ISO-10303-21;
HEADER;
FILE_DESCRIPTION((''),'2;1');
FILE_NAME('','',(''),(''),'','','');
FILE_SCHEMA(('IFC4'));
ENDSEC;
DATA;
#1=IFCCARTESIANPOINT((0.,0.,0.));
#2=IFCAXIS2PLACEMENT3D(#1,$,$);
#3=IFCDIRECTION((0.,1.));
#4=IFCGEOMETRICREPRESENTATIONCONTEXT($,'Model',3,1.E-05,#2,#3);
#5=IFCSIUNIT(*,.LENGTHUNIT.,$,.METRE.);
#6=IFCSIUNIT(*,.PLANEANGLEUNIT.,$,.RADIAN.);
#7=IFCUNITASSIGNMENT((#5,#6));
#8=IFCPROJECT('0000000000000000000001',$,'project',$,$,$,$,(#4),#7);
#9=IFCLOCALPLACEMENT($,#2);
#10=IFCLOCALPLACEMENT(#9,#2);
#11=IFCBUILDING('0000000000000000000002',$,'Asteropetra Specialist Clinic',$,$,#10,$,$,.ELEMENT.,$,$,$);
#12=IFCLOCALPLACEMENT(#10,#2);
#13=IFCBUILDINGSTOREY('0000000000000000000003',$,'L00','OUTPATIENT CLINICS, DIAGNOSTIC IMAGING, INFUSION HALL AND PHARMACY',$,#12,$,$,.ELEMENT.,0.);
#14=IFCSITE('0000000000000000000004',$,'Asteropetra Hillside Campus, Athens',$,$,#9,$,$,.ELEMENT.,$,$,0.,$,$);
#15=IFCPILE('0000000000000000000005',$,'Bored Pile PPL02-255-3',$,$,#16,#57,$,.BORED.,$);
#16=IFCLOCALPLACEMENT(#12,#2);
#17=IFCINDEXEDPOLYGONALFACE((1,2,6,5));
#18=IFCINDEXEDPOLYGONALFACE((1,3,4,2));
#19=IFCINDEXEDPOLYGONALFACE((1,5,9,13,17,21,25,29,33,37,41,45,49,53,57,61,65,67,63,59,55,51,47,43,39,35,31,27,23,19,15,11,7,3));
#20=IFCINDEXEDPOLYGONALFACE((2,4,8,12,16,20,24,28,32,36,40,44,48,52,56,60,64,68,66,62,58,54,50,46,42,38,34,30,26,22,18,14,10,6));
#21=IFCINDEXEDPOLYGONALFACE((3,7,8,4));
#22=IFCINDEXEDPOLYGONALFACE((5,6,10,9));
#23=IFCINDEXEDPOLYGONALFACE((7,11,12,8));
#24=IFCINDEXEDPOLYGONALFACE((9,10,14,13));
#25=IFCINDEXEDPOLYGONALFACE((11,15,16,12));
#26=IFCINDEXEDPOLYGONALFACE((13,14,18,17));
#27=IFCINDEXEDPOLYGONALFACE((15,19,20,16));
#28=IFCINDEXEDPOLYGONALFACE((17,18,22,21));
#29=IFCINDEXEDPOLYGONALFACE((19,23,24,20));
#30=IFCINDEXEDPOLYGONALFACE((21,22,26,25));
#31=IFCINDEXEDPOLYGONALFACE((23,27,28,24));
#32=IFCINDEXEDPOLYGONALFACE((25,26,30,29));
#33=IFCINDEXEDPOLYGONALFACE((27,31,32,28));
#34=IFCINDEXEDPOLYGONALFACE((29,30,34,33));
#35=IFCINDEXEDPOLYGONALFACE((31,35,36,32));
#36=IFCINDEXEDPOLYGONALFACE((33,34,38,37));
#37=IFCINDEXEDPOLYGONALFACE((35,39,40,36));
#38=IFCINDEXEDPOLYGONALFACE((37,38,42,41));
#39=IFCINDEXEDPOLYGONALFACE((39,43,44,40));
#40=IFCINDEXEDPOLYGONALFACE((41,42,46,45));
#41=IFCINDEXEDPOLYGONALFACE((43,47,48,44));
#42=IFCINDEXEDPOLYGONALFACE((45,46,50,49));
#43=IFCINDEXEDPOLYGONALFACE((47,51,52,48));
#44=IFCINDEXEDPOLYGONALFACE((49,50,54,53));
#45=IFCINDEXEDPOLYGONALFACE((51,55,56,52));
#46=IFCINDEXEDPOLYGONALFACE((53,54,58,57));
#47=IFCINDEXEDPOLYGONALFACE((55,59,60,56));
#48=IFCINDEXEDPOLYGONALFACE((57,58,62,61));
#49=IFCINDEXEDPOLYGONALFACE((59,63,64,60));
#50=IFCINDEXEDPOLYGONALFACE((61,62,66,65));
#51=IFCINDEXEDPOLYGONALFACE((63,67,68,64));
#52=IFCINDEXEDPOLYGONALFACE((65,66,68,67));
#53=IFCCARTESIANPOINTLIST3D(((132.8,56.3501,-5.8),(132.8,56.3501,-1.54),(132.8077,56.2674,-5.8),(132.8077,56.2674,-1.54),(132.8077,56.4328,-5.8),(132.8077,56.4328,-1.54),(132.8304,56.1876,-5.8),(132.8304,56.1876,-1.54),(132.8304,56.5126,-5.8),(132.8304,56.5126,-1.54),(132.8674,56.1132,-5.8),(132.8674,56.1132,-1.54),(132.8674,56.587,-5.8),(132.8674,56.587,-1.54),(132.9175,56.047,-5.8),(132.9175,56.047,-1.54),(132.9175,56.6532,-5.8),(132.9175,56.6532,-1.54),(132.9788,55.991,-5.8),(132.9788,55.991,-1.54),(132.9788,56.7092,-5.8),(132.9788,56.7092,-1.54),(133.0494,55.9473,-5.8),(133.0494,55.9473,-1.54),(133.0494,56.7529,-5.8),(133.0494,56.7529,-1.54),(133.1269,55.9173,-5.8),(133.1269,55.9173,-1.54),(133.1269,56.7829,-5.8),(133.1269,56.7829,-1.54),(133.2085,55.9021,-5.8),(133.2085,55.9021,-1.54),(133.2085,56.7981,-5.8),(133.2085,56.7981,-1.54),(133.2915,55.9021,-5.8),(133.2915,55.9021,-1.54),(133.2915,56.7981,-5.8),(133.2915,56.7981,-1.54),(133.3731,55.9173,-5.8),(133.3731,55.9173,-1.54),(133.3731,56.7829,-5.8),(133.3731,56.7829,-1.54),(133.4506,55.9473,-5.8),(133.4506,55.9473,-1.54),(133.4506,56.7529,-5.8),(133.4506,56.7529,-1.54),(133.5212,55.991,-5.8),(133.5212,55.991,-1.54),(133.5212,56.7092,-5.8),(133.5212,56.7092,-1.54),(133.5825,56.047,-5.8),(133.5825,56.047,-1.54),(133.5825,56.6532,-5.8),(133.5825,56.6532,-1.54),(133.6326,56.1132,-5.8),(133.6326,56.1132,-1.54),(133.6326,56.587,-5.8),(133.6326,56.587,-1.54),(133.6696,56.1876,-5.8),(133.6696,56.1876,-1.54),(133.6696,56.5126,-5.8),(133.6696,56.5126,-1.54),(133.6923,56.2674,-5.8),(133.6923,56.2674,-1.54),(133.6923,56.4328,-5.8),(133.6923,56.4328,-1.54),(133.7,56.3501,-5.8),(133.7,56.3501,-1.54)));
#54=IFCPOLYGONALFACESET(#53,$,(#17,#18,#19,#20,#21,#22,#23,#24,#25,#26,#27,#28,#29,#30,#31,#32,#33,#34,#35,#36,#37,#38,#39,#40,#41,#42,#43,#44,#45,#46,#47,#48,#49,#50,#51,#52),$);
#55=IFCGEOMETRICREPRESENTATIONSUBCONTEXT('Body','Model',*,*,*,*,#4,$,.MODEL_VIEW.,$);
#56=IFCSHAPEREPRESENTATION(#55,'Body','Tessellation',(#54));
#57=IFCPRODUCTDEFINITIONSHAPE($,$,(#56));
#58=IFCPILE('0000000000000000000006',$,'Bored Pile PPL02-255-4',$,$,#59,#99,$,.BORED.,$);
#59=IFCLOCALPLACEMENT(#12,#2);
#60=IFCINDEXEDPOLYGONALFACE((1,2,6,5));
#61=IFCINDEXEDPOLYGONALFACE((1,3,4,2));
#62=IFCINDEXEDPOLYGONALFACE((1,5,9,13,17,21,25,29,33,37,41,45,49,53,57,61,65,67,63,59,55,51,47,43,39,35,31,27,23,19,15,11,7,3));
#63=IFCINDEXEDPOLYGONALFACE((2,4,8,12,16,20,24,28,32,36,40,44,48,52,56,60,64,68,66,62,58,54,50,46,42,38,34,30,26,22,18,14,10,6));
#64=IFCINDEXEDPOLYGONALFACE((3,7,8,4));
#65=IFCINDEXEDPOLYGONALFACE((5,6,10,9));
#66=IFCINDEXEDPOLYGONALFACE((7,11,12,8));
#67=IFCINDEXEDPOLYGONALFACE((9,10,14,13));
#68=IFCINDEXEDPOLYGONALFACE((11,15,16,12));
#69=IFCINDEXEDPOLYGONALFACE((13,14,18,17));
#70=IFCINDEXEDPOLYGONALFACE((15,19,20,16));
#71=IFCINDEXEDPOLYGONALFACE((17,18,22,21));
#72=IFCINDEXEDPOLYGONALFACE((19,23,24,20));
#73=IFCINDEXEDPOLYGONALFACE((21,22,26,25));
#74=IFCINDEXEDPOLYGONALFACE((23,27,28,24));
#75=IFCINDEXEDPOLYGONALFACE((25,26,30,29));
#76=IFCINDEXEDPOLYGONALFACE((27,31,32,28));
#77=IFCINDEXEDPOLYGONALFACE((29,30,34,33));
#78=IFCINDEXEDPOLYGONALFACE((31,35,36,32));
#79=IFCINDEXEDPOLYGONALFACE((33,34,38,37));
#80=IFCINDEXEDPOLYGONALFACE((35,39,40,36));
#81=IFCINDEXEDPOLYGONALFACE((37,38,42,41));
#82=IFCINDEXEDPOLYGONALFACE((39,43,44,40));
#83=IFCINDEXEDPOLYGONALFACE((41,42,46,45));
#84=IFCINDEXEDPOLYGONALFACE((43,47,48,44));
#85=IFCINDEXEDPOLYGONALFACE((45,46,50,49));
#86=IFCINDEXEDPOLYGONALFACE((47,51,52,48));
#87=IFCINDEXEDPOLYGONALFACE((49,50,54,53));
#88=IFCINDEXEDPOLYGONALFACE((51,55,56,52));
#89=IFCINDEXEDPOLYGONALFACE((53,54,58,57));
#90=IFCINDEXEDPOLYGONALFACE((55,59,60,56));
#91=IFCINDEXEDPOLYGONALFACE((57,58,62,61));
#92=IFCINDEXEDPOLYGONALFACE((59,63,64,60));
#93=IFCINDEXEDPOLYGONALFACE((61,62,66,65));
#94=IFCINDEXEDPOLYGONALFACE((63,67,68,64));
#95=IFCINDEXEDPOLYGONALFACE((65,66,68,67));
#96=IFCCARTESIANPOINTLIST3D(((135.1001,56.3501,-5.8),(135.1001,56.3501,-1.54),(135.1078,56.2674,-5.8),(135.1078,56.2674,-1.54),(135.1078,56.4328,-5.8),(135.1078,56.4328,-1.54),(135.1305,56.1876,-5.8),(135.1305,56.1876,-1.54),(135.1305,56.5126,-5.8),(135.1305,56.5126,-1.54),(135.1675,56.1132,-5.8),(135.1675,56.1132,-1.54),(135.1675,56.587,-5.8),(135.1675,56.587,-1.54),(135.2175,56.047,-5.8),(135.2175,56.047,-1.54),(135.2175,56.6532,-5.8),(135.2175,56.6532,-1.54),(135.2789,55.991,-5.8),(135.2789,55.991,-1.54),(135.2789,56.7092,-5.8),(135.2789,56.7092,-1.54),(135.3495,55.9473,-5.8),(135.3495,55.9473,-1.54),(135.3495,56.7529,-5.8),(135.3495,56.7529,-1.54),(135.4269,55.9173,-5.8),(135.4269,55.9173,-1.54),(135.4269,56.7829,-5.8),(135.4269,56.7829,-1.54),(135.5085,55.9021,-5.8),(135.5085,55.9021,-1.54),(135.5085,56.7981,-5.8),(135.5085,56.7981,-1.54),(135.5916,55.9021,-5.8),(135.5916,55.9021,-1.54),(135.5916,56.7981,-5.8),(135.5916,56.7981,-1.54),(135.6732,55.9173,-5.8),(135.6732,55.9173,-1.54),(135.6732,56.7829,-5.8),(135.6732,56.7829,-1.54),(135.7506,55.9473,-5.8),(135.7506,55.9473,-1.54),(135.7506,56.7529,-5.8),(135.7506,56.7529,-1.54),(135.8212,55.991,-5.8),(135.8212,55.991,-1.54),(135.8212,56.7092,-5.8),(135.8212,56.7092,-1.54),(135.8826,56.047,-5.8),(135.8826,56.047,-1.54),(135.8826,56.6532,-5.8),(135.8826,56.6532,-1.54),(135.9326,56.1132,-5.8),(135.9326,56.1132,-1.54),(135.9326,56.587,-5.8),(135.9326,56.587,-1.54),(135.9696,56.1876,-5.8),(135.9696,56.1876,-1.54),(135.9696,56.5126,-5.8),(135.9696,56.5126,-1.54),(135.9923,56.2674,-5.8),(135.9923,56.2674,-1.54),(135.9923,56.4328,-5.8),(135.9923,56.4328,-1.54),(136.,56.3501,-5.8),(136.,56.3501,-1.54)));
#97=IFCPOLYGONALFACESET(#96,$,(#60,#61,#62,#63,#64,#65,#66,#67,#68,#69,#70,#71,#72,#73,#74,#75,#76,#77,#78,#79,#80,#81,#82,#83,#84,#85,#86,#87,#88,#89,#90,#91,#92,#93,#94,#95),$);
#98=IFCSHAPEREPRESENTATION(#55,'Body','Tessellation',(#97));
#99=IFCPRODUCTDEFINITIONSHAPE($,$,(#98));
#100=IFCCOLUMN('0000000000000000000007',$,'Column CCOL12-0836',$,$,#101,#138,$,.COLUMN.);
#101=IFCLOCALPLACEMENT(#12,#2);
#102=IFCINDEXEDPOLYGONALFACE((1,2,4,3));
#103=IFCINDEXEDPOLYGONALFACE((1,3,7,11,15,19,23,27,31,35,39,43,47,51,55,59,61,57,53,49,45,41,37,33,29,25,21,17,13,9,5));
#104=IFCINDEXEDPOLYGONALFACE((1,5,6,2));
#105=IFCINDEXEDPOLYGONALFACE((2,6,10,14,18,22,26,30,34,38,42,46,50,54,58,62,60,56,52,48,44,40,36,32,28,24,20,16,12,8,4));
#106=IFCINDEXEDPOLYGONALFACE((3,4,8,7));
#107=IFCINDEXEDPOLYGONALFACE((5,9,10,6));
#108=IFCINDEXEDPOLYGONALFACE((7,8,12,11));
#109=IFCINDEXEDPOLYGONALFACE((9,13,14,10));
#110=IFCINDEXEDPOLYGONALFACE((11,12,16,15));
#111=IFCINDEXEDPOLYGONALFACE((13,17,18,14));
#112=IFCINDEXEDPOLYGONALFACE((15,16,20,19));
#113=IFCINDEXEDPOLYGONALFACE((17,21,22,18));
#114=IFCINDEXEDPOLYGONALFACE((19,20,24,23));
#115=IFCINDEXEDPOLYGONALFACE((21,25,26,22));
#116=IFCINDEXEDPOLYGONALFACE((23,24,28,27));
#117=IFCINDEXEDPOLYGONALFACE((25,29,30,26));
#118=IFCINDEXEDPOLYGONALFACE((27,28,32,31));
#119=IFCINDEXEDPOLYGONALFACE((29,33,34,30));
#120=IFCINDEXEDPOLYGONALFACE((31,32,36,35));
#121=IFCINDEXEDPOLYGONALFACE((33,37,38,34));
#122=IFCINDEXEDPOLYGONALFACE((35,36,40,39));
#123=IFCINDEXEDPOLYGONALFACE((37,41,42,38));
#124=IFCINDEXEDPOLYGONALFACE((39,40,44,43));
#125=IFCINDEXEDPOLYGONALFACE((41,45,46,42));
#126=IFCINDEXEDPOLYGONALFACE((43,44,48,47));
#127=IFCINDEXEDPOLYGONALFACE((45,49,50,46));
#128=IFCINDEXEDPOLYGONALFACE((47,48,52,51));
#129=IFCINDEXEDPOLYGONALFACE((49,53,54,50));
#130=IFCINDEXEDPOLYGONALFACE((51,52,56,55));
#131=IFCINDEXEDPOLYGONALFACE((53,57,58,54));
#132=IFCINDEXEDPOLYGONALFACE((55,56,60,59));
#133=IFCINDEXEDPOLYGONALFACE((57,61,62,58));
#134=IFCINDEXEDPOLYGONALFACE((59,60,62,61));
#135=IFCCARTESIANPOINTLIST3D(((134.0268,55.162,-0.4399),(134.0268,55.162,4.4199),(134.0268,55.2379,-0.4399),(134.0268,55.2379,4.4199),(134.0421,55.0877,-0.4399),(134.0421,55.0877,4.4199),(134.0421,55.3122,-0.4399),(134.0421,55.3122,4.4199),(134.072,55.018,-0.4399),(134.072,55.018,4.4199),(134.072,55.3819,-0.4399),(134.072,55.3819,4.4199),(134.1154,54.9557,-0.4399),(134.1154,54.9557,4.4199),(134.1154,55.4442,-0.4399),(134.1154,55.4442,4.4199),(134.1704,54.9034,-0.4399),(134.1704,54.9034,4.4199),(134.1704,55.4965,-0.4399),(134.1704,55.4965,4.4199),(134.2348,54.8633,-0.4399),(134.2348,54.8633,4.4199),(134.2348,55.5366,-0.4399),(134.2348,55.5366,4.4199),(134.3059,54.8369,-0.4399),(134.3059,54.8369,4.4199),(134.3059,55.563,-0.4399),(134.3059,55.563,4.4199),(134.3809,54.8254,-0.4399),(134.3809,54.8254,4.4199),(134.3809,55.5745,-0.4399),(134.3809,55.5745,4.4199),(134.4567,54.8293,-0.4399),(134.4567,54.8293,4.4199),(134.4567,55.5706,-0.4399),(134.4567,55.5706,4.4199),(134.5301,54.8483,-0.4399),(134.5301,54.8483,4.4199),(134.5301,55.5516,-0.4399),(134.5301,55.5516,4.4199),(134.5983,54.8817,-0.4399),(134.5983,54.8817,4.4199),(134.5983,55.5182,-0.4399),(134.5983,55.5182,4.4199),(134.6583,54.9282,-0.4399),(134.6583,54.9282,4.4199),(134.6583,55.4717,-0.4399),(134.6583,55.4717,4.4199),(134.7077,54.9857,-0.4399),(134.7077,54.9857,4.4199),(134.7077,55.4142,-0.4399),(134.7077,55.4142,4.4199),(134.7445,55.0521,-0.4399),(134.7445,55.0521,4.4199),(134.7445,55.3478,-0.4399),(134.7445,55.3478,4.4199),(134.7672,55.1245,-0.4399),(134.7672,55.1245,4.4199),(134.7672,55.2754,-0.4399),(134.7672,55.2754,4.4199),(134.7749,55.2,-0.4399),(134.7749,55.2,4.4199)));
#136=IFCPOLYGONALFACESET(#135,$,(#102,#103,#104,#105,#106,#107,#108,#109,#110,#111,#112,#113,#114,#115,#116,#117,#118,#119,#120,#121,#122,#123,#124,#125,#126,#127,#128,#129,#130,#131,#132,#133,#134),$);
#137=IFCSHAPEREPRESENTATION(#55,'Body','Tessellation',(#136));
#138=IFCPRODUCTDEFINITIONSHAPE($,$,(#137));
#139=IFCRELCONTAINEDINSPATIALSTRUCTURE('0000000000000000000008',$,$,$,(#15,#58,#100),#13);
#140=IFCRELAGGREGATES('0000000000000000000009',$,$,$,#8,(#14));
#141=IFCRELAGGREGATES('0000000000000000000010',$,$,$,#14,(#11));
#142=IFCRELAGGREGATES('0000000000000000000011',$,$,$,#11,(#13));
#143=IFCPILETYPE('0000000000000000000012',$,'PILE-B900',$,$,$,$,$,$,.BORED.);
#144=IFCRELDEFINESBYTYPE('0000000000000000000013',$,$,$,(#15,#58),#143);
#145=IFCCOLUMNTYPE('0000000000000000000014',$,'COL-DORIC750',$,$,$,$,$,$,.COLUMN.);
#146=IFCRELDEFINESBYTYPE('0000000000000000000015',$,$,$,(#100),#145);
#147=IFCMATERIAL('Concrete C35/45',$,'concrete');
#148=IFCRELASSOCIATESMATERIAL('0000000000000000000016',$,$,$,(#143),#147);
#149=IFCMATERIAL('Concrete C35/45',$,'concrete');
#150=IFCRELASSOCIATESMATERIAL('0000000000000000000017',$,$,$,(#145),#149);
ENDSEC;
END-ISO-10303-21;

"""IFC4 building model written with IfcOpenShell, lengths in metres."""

from ifc_helpers import new_model, si_unit, direction, frame, origin, origin_2d, place, context, subcontext, project, spatial, circle, extrude, material, material_profile, profile_set, type_object, element, save


model = new_model("IFC4")

# Units and contexts
model_context = context("Model", 3, precision=1e-05, world=origin(), true_north=direction((0.0, 1.0)))
body_context = subcontext(model_context, "Body", "Model", "MODEL_VIEW")
ifc_project = project(units=[si_unit("LENGTHUNIT", "METRE"), si_unit("PLANEANGLEUNIT", "RADIAN")], contexts=[model_context])

# Site, building, storey
site_placement = place(None, origin())
site = spatial("IfcSite", under=ifc_project, at=site_placement, Name="Asteropetra Hillside Campus, Athens", CompositionType="ELEMENT", RefElevation=0.0)
building_placement = place(site_placement, origin())
building = spatial("IfcBuilding", under=site, at=building_placement, Name="Asteropetra Specialist Clinic", CompositionType="ELEMENT")
storey_placement = place(building_placement, origin())
storey = spatial("IfcBuildingStorey", under=building, at=storey_placement, Name="L00", Description="OUTPATIENT CLINICS, DIAGNOSTIC IMAGING, INFUSION HALL AND PHARMACY", CompositionType="ELEMENT", Elevation=0.0)

# Piles
ifc_material_1 = material(Name="Concrete C35/45", Category="concrete")
ifc_material_profile_1 = material_profile(ifc_material_1, circle(Radius=0.45, at=origin_2d()), Name="PILE D900")
ifc_profile_set_1 = profile_set([ifc_material_profile_1], Name="Concrete C35/45")
pile_type_1 = type_object("IfcPileType", Name="PILE-B900", PredefinedType="BORED", material=ifc_profile_set_1)
for number, where, z_axis, x_axis, name in (
    (1, (133.25, 56.3501, -1.54), (0.0, 0.0, -1.0), (1.0, 0.0, 0.0), "Bored Pile PPL02-255-3"),
    (2, (135.55, 56.3501, -1.54), (0.0, 0.0, -1.0), (1.0, 0.0, 0.0), "Bored Pile PPL02-255-4"),
):
    element("IfcPile", number, at=place(storey_placement, frame(where, z_axis=z_axis, x_axis=x_axis)), inside=storey, type_object=pile_type_1, Name=name, PredefinedType="BORED", context=body_context, shape_type="SweptSolid", body=[
        extrude(circle(Radius=0.45, at=origin_2d()), origin(), (0.0, 0.0, 1.0), 4.26),
    ])

# Column
ifc_material_2 = material(Name="Concrete C35/45", Category="concrete")
ifc_material_profile_2 = material_profile(ifc_material_2, circle(Radius=0.375, at=origin_2d()), Name="RCC D750")
ifc_profile_set_2 = profile_set([ifc_material_profile_2], Name="Concrete C35/45")
column_type = type_object("IfcColumnType", Name="COL-DORIC750", PredefinedType="COLUMN", material=ifc_profile_set_2)
column_placement = place(storey_placement, frame((134.3999, 55.2, -0.4399), z_axis=(0.0, 0.0, 1.0), x_axis=(1.0, 0.0, 0.0)))
element("IfcColumn", 3, at=column_placement, inside=storey, type_object=column_type, Name="Column CCOL12-0836", PredefinedType="COLUMN", context=body_context, shape_type="SweptSolid", body=[
    extrude(circle(Radius=0.375, at=origin_2d()), origin(), (0.0, 0.0, 1.0), 4.8599),
])

save(model, "model.ifc")
